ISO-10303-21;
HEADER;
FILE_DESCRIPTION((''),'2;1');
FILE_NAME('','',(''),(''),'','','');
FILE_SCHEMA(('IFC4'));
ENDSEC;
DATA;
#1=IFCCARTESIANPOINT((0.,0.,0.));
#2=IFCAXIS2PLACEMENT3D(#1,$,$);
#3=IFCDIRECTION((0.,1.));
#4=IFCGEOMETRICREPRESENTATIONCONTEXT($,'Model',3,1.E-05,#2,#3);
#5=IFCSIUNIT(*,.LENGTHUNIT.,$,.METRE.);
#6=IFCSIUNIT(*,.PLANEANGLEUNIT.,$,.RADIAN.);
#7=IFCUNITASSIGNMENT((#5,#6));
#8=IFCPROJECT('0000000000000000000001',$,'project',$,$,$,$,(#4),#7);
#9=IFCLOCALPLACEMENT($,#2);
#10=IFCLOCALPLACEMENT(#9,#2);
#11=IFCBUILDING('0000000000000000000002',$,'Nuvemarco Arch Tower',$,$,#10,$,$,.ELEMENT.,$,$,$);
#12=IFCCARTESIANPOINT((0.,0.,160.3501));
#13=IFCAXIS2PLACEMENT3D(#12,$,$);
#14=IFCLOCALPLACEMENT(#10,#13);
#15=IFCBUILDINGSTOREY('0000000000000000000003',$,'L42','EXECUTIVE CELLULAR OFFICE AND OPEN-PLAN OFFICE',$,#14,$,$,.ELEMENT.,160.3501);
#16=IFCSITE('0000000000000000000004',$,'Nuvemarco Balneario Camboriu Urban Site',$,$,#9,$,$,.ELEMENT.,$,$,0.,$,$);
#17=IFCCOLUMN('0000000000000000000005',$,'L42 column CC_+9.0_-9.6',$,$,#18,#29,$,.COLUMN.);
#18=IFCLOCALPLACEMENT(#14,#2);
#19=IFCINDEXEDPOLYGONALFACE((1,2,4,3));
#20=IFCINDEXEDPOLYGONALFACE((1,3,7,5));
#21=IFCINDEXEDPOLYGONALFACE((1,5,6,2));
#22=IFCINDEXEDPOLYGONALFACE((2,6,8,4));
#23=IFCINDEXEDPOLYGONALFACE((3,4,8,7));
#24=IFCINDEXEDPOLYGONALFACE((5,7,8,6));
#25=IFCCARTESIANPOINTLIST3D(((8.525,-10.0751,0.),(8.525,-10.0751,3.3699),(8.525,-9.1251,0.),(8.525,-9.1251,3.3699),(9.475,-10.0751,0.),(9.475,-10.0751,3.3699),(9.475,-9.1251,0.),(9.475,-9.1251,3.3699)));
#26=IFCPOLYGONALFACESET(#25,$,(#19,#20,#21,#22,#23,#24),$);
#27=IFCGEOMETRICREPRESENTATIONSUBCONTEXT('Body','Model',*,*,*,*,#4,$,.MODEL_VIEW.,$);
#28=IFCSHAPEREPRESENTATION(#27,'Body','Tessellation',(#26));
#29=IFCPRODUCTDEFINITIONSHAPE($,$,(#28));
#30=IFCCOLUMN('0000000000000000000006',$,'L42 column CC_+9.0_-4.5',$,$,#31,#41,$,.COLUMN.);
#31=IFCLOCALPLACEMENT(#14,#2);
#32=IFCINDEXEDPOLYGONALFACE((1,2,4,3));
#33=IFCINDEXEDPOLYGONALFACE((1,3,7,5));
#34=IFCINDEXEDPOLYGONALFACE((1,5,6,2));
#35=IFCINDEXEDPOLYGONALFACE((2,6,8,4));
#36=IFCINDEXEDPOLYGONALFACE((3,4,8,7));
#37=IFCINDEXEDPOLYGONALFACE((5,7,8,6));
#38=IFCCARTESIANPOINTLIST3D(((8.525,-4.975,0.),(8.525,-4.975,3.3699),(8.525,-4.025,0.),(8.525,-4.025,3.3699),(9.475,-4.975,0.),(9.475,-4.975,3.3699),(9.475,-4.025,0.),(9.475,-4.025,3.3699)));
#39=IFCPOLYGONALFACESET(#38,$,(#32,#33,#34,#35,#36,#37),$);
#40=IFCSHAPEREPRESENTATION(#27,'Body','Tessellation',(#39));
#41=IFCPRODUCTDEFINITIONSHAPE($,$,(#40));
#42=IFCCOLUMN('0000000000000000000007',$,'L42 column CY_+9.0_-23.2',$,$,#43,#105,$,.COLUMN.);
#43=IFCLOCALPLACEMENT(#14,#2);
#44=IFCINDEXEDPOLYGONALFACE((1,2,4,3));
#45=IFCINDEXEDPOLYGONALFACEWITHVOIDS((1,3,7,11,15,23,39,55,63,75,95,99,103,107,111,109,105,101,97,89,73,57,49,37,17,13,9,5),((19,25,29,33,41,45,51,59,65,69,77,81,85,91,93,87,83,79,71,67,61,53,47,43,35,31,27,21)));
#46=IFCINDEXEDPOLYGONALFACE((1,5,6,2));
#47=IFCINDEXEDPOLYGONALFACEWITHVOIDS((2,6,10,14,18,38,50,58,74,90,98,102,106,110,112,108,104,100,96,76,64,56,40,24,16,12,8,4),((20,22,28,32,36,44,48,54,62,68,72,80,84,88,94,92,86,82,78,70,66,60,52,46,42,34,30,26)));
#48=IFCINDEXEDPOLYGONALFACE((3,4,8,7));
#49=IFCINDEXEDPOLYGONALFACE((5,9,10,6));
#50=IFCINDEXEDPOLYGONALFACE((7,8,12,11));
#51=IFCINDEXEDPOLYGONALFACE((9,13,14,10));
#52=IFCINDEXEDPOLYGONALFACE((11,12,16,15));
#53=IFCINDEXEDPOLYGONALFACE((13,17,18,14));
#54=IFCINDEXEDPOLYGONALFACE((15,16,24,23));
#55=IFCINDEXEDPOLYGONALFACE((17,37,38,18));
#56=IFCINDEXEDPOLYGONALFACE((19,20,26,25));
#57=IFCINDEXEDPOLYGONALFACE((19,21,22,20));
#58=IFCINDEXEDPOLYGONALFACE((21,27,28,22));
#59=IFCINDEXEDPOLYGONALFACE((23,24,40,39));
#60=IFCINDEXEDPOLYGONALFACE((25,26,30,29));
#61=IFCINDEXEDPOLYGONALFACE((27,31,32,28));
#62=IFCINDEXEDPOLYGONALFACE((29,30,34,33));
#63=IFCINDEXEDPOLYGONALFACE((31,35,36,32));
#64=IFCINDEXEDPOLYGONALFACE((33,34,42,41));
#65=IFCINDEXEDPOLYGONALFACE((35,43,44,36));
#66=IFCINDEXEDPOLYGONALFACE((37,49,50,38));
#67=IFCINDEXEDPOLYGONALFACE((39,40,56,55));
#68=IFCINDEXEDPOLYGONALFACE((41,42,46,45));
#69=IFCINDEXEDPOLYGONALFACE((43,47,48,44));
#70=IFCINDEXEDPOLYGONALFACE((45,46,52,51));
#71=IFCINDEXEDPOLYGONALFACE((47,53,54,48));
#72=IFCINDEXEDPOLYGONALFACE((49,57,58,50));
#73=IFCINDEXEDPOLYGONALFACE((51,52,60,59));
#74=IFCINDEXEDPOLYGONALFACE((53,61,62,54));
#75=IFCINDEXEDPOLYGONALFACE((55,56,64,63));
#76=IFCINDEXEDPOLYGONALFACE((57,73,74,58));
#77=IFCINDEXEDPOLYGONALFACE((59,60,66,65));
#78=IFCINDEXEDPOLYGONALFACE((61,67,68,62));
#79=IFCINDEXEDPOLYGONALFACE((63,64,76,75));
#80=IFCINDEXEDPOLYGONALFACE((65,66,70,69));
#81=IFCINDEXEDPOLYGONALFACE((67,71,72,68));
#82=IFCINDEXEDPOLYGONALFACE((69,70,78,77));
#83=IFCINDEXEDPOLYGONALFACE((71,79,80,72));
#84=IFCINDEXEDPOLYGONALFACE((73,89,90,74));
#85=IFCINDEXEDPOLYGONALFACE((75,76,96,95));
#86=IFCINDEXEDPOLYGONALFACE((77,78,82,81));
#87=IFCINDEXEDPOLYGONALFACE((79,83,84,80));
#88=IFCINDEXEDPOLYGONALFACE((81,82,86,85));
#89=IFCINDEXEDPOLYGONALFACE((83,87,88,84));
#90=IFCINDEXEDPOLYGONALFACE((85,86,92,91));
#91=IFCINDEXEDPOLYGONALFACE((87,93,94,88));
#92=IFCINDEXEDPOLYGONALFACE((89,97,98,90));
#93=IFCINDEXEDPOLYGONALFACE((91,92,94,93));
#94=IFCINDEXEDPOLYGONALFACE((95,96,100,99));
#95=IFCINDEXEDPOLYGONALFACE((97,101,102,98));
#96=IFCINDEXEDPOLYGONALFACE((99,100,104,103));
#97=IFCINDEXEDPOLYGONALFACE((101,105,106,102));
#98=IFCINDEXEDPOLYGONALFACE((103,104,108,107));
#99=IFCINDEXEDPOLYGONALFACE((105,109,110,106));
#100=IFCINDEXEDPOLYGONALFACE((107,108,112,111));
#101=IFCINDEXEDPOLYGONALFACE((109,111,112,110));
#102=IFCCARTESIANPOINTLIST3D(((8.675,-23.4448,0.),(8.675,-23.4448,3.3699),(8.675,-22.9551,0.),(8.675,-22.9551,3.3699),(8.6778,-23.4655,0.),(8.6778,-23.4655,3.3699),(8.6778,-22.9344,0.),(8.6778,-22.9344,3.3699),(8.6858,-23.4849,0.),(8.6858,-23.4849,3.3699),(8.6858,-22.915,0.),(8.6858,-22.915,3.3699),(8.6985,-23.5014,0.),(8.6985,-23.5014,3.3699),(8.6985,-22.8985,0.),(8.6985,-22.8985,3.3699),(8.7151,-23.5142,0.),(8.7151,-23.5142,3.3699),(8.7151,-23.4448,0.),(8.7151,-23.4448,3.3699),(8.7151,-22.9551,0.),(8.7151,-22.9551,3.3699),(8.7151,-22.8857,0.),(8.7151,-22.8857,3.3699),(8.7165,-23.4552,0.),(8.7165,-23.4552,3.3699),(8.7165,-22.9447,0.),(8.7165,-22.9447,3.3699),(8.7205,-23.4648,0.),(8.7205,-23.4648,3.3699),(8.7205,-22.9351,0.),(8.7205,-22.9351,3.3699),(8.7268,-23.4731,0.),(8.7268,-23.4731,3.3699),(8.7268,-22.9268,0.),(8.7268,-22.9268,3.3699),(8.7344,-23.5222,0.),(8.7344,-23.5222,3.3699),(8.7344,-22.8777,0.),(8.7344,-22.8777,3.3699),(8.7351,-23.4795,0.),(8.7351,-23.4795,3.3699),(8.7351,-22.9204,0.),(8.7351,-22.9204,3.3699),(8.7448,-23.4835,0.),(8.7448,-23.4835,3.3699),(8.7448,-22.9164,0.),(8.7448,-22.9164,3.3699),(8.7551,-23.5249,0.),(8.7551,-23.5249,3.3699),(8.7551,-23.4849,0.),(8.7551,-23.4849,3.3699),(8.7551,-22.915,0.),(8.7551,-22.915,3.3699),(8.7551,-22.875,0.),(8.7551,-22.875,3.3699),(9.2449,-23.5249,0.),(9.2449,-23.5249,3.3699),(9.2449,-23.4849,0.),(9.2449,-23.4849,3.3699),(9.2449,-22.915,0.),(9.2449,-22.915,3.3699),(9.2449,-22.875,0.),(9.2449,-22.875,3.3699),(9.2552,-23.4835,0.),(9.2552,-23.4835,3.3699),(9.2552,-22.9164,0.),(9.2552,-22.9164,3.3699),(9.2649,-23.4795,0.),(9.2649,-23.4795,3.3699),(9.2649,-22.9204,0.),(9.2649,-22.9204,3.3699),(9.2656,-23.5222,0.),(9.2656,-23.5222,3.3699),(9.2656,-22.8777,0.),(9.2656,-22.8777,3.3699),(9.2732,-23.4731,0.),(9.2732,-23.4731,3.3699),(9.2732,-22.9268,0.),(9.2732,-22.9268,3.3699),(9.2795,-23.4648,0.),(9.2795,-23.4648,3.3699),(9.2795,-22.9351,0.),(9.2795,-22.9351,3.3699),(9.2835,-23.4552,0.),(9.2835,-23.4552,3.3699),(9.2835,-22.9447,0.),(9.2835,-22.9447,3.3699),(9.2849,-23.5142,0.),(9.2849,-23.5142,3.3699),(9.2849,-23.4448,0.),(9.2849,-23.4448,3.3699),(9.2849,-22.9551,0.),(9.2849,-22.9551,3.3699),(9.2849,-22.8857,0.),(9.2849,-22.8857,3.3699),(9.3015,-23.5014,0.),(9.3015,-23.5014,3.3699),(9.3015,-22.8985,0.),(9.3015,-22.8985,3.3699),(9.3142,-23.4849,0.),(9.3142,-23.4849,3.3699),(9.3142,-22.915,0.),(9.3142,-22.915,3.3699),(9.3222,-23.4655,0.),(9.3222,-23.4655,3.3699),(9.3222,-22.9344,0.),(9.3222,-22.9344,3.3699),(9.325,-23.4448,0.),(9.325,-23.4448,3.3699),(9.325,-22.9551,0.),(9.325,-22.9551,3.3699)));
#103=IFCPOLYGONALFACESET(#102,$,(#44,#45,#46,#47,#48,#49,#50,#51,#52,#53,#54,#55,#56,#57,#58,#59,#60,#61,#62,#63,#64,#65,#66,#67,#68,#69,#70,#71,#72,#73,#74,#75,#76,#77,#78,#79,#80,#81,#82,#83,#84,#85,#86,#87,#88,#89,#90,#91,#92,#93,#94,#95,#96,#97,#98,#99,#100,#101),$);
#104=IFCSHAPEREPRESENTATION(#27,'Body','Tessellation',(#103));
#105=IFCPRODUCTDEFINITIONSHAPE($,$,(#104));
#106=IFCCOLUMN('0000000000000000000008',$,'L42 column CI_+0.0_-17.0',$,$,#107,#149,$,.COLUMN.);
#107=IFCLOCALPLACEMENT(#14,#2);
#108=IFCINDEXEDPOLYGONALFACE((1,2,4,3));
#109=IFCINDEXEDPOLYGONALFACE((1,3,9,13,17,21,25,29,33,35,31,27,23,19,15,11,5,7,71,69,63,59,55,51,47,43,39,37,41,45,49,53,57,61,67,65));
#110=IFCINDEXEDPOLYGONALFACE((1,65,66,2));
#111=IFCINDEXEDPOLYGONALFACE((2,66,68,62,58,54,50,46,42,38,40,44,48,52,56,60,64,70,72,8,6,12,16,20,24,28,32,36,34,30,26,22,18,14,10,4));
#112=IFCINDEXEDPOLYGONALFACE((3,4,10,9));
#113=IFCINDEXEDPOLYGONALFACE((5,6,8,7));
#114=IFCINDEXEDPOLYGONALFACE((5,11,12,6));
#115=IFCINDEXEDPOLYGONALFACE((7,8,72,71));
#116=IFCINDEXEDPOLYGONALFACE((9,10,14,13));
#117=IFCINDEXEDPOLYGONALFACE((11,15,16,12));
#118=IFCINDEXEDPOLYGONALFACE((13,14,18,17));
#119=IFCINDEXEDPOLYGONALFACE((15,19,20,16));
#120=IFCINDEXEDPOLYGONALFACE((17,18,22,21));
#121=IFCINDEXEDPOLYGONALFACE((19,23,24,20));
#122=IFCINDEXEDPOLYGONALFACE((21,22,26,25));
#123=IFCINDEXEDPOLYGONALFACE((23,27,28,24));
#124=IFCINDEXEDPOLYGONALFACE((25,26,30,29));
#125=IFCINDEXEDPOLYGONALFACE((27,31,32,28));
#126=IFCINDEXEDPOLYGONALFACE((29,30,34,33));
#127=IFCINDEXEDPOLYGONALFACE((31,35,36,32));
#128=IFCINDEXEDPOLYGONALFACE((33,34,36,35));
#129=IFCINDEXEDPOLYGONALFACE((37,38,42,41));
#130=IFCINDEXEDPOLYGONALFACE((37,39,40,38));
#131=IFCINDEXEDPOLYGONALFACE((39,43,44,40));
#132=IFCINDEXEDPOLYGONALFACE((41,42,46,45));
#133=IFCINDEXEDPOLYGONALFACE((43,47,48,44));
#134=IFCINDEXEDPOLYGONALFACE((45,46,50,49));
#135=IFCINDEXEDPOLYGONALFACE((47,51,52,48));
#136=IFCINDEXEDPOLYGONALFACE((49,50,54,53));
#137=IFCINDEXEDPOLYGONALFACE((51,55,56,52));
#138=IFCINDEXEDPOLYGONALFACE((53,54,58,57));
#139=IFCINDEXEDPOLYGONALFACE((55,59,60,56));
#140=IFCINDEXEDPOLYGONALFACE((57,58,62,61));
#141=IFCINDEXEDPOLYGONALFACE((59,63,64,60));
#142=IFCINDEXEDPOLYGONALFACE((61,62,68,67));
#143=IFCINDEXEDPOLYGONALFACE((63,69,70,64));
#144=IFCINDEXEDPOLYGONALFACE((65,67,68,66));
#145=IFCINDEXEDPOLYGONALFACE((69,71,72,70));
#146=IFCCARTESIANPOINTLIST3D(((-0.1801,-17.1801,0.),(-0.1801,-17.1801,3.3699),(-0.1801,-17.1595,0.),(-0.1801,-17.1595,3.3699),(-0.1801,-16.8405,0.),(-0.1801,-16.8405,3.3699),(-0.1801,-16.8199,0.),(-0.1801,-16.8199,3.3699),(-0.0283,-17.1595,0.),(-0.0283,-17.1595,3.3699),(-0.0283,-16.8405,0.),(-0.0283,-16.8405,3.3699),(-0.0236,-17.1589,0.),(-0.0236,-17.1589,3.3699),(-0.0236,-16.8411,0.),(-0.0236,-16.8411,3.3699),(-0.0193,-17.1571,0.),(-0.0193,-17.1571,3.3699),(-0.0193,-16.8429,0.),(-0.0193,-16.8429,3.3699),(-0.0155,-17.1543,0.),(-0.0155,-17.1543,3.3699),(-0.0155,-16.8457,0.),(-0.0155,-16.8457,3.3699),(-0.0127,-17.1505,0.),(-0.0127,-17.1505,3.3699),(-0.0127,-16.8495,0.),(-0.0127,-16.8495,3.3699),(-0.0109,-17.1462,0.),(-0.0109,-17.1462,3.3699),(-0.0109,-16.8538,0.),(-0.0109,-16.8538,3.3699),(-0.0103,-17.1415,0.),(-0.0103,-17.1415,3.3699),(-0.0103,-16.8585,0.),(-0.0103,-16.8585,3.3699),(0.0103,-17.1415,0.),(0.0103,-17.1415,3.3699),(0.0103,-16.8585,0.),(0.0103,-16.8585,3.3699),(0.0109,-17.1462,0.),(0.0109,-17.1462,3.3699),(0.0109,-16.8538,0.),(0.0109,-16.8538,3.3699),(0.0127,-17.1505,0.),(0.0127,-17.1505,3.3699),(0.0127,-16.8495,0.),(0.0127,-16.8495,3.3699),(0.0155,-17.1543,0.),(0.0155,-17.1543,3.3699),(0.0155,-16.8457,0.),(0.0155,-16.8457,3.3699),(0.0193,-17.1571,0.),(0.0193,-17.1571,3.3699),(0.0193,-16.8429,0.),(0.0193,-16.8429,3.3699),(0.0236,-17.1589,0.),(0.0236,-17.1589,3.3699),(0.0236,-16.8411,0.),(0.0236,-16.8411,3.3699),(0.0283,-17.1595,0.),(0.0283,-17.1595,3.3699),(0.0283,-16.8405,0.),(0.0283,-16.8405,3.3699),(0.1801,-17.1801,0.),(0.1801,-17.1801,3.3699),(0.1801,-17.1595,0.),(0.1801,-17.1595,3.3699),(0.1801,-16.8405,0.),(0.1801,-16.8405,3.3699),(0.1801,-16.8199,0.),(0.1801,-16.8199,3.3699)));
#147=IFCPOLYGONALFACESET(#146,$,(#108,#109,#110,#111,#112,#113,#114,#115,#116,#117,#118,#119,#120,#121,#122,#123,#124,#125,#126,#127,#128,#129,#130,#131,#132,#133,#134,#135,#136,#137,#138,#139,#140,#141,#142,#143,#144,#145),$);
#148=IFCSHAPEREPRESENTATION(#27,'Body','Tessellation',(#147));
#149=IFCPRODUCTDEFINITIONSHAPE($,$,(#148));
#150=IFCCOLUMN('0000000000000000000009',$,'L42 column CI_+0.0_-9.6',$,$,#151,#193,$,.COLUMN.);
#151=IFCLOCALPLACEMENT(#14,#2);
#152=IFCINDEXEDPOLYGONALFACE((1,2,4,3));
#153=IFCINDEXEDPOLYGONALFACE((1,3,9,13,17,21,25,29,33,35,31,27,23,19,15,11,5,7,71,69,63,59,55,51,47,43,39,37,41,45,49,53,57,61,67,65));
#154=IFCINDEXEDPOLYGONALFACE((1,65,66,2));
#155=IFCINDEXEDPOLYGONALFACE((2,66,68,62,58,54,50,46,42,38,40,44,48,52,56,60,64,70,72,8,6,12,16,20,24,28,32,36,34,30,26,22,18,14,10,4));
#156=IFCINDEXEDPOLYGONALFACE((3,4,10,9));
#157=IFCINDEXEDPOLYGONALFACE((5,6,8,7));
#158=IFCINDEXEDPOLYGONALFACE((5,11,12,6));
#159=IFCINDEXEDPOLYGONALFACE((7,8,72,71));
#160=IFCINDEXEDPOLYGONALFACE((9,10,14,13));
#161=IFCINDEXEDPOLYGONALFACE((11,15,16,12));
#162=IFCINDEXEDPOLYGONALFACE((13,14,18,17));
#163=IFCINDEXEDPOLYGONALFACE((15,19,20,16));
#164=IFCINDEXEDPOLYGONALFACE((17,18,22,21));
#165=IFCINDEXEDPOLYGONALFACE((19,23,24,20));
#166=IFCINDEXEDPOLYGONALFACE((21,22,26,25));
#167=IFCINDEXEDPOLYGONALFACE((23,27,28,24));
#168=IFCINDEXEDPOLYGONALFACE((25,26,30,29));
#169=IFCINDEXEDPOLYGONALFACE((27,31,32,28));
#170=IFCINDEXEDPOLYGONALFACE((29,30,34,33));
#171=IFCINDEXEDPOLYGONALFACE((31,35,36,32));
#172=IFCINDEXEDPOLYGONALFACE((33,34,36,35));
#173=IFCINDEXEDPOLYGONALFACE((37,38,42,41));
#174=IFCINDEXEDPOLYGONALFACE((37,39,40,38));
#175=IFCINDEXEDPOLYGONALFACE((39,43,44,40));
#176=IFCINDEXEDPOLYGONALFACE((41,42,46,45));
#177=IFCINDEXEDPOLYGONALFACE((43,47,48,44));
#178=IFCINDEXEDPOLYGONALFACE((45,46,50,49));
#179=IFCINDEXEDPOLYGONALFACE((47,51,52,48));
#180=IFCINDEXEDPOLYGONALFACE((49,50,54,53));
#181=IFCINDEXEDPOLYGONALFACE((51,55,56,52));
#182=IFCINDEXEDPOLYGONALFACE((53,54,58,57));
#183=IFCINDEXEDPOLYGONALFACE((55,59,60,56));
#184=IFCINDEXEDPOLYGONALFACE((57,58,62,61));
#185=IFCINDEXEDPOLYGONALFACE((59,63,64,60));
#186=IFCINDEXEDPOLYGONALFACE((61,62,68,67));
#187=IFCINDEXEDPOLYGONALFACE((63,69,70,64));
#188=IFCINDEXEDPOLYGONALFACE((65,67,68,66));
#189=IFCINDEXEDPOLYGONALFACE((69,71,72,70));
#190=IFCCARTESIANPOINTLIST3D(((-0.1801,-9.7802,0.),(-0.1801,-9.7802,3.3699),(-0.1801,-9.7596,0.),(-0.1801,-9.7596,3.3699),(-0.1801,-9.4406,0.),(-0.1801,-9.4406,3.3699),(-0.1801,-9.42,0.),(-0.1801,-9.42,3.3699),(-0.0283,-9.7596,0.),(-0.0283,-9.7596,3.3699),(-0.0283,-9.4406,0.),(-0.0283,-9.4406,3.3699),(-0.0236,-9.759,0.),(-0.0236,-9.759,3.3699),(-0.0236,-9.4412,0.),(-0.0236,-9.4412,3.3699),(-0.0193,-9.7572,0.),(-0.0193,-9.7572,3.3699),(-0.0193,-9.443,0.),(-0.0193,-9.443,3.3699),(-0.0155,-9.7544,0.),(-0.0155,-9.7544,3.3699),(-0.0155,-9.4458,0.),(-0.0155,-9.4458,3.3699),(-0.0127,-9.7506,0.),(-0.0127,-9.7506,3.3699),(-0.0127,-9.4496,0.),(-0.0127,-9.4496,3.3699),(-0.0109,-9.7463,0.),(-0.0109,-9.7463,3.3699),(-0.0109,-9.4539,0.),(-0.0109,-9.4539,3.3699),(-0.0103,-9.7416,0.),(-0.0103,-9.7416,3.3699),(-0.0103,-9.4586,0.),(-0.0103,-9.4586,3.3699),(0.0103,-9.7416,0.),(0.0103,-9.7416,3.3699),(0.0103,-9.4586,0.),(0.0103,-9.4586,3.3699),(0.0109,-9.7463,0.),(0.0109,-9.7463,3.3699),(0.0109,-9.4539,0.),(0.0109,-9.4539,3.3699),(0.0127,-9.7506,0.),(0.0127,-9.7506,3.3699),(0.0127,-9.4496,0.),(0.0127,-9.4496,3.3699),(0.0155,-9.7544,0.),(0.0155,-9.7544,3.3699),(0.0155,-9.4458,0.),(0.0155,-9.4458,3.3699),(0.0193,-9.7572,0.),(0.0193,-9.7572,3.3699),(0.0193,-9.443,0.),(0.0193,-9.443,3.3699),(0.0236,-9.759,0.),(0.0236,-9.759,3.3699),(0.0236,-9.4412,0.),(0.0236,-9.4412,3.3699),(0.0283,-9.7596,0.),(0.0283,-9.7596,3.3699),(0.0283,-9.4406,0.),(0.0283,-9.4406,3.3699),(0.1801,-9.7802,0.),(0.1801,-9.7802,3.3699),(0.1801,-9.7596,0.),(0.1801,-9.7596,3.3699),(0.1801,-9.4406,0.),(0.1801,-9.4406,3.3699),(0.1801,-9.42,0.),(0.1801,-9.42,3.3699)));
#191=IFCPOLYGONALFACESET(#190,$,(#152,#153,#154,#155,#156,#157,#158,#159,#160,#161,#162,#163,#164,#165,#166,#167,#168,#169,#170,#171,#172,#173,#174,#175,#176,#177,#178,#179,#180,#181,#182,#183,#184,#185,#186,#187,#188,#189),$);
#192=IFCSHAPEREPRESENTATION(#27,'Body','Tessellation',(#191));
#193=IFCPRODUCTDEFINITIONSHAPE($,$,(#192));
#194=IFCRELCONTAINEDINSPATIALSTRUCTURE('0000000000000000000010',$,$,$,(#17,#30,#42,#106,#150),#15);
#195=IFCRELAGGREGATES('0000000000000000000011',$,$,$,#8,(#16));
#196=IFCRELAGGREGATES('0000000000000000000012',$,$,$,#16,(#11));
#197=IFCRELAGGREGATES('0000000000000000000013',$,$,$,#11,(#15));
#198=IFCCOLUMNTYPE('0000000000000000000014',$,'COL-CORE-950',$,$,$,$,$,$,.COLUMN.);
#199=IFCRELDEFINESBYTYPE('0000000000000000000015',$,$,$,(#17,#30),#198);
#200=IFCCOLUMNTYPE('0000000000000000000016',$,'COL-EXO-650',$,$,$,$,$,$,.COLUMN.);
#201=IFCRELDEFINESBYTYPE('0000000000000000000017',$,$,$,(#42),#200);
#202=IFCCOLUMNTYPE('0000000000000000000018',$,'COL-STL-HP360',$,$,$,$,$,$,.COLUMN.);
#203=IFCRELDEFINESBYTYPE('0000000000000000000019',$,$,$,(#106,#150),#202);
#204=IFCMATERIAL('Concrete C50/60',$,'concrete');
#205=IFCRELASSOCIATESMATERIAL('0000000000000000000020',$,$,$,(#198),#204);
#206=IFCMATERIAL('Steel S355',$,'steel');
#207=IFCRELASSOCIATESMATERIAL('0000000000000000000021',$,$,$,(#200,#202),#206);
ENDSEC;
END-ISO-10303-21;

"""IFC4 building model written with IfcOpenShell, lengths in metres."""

from ifc_helpers import new_model, si_unit, direction, frame, origin, origin_2d, place, context, subcontext, project, spatial, rectangle, hollow_rectangle, i_section, extrude, material, material_profile, profile_set, type_object, element, save


model = new_model("IFC4")

# Units and contexts
model_context = context("Model", 3, precision=1e-05, world=origin(), true_north=direction((0.0, 1.0)))
body_context = subcontext(model_context, "Body", "Model", "MODEL_VIEW")
ifc_project = project(units=[si_unit("LENGTHUNIT", "METRE"), si_unit("PLANEANGLEUNIT", "RADIAN")], contexts=[model_context])

# Site, building, storey
site_placement = place(None, origin())
site = spatial("IfcSite", under=ifc_project, at=site_placement, Name="Nuvemarco Balneario Camboriu Urban Site", CompositionType="ELEMENT", RefElevation=0.0)
building_placement = place(site_placement, origin())
building = spatial("IfcBuilding", under=site, at=building_placement, Name="Nuvemarco Arch Tower", CompositionType="ELEMENT")
storey_placement = place(building_placement, frame((0.0, 0.0, 160.3501)))
storey = spatial("IfcBuildingStorey", under=building, at=storey_placement, Name="L42", Description="EXECUTIVE CELLULAR OFFICE AND OPEN-PLAN OFFICE", CompositionType="ELEMENT", Elevation=160.3501)

# Columns
ifc_material_1 = material(Name="Concrete C50/60", Category="concrete")
ifc_material_profile_1 = material_profile(ifc_material_1, rectangle(XDim=0.95, YDim=0.95, at=origin_2d()), Name="RC-COL-950x950")
ifc_profile_set_1 = profile_set([ifc_material_profile_1], Name="Concrete C50/60")
column_type_1 = type_object("IfcColumnType", Name="COL-CORE-950", PredefinedType="COLUMN", material=ifc_profile_set_1)
for number, where, z_axis, x_axis, name in (
    (1, (9.0, -9.6001, 0.0), (0.0, 0.0, 1.0), (1.0, 0.0, 0.0), "L42 column CC_+9.0_-9.6"),
    (2, (9.0, -4.5, 0.0), (0.0, 0.0, 1.0), (1.0, 0.0, 0.0), "L42 column CC_+9.0_-4.5"),
):
    element("IfcColumn", number, at=place(storey_placement, frame(where, z_axis=z_axis, x_axis=x_axis)), inside=storey, type_object=column_type_1, Name=name, PredefinedType="COLUMN", context=body_context, shape_type="SweptSolid", body=[
        extrude(rectangle(XDim=0.95, YDim=0.95, at=origin_2d()), origin(), (0.0, 0.0, 1.0), 3.3699),
    ])
ifc_material_2 = material(Name="Steel S355", Category="steel")
ifc_material_profile_2 = material_profile(ifc_material_2, hollow_rectangle(XDim=0.6499, YDim=0.6499, WallThickness=0.04, InnerFilletRadius=0.04, OuterFilletRadius=0.0801, at=origin_2d()), Name="SHS650x650x40")
ifc_profile_set_2 = profile_set([ifc_material_profile_2], Name="Steel S355")
column_type_2 = type_object("IfcColumnType", Name="COL-EXO-650", PredefinedType="COLUMN", material=ifc_profile_set_2)
column_placement = place(storey_placement, frame((9.0, -23.2, 0.0), z_axis=(0.0, 0.0, 1.0), x_axis=(1.0, 0.0, 0.0)))
element("IfcColumn", 3, at=column_placement, inside=storey, type_object=column_type_2, Name="L42 column CY_+9.0_-23.2", PredefinedType="COLUMN", context=body_context, shape_type="SweptSolid", body=[
    extrude(hollow_rectangle(XDim=0.6499, YDim=0.6499, WallThickness=0.04, InnerFilletRadius=0.04, OuterFilletRadius=0.0801, at=origin_2d()), origin(), (0.0, 0.0, 1.0), 3.3699),
])
ifc_material_profile_3 = material_profile(ifc_material_2, i_section(OverallWidth=0.3601, OverallDepth=0.3601, WebThickness=0.0205, FlangeThickness=0.0205, FilletRadius=0.0181, at=origin_2d()), Name="HP360x174")
ifc_profile_set_3 = profile_set([ifc_material_profile_3], Name="Steel S355")
column_type_3 = type_object("IfcColumnType", Name="COL-STL-HP360", PredefinedType="COLUMN", material=ifc_profile_set_3)
for number, where, z_axis, x_axis, name in (
    (4, (0.0, -17.0, 0.0), (0.0, 0.0, 1.0), (1.0, 0.0, 0.0), "L42 column CI_+0.0_-17.0"),
    (5, (0.0, -9.6001, 0.0), (0.0, 0.0, 1.0), (1.0, 0.0, 0.0), "L42 column CI_+0.0_-9.6"),
):
    element("IfcColumn", number, at=place(storey_placement, frame(where, z_axis=z_axis, x_axis=x_axis)), inside=storey, type_object=column_type_3, Name=name, PredefinedType="COLUMN", context=body_context, shape_type="SweptSolid", body=[
        extrude(i_section(OverallWidth=0.3601, OverallDepth=0.3601, WebThickness=0.0205, FlangeThickness=0.0205, FilletRadius=0.0181, at=origin_2d()), origin(), (0.0, 0.0, 1.0), 3.3699),
    ])

save(model, "model.ifc")
